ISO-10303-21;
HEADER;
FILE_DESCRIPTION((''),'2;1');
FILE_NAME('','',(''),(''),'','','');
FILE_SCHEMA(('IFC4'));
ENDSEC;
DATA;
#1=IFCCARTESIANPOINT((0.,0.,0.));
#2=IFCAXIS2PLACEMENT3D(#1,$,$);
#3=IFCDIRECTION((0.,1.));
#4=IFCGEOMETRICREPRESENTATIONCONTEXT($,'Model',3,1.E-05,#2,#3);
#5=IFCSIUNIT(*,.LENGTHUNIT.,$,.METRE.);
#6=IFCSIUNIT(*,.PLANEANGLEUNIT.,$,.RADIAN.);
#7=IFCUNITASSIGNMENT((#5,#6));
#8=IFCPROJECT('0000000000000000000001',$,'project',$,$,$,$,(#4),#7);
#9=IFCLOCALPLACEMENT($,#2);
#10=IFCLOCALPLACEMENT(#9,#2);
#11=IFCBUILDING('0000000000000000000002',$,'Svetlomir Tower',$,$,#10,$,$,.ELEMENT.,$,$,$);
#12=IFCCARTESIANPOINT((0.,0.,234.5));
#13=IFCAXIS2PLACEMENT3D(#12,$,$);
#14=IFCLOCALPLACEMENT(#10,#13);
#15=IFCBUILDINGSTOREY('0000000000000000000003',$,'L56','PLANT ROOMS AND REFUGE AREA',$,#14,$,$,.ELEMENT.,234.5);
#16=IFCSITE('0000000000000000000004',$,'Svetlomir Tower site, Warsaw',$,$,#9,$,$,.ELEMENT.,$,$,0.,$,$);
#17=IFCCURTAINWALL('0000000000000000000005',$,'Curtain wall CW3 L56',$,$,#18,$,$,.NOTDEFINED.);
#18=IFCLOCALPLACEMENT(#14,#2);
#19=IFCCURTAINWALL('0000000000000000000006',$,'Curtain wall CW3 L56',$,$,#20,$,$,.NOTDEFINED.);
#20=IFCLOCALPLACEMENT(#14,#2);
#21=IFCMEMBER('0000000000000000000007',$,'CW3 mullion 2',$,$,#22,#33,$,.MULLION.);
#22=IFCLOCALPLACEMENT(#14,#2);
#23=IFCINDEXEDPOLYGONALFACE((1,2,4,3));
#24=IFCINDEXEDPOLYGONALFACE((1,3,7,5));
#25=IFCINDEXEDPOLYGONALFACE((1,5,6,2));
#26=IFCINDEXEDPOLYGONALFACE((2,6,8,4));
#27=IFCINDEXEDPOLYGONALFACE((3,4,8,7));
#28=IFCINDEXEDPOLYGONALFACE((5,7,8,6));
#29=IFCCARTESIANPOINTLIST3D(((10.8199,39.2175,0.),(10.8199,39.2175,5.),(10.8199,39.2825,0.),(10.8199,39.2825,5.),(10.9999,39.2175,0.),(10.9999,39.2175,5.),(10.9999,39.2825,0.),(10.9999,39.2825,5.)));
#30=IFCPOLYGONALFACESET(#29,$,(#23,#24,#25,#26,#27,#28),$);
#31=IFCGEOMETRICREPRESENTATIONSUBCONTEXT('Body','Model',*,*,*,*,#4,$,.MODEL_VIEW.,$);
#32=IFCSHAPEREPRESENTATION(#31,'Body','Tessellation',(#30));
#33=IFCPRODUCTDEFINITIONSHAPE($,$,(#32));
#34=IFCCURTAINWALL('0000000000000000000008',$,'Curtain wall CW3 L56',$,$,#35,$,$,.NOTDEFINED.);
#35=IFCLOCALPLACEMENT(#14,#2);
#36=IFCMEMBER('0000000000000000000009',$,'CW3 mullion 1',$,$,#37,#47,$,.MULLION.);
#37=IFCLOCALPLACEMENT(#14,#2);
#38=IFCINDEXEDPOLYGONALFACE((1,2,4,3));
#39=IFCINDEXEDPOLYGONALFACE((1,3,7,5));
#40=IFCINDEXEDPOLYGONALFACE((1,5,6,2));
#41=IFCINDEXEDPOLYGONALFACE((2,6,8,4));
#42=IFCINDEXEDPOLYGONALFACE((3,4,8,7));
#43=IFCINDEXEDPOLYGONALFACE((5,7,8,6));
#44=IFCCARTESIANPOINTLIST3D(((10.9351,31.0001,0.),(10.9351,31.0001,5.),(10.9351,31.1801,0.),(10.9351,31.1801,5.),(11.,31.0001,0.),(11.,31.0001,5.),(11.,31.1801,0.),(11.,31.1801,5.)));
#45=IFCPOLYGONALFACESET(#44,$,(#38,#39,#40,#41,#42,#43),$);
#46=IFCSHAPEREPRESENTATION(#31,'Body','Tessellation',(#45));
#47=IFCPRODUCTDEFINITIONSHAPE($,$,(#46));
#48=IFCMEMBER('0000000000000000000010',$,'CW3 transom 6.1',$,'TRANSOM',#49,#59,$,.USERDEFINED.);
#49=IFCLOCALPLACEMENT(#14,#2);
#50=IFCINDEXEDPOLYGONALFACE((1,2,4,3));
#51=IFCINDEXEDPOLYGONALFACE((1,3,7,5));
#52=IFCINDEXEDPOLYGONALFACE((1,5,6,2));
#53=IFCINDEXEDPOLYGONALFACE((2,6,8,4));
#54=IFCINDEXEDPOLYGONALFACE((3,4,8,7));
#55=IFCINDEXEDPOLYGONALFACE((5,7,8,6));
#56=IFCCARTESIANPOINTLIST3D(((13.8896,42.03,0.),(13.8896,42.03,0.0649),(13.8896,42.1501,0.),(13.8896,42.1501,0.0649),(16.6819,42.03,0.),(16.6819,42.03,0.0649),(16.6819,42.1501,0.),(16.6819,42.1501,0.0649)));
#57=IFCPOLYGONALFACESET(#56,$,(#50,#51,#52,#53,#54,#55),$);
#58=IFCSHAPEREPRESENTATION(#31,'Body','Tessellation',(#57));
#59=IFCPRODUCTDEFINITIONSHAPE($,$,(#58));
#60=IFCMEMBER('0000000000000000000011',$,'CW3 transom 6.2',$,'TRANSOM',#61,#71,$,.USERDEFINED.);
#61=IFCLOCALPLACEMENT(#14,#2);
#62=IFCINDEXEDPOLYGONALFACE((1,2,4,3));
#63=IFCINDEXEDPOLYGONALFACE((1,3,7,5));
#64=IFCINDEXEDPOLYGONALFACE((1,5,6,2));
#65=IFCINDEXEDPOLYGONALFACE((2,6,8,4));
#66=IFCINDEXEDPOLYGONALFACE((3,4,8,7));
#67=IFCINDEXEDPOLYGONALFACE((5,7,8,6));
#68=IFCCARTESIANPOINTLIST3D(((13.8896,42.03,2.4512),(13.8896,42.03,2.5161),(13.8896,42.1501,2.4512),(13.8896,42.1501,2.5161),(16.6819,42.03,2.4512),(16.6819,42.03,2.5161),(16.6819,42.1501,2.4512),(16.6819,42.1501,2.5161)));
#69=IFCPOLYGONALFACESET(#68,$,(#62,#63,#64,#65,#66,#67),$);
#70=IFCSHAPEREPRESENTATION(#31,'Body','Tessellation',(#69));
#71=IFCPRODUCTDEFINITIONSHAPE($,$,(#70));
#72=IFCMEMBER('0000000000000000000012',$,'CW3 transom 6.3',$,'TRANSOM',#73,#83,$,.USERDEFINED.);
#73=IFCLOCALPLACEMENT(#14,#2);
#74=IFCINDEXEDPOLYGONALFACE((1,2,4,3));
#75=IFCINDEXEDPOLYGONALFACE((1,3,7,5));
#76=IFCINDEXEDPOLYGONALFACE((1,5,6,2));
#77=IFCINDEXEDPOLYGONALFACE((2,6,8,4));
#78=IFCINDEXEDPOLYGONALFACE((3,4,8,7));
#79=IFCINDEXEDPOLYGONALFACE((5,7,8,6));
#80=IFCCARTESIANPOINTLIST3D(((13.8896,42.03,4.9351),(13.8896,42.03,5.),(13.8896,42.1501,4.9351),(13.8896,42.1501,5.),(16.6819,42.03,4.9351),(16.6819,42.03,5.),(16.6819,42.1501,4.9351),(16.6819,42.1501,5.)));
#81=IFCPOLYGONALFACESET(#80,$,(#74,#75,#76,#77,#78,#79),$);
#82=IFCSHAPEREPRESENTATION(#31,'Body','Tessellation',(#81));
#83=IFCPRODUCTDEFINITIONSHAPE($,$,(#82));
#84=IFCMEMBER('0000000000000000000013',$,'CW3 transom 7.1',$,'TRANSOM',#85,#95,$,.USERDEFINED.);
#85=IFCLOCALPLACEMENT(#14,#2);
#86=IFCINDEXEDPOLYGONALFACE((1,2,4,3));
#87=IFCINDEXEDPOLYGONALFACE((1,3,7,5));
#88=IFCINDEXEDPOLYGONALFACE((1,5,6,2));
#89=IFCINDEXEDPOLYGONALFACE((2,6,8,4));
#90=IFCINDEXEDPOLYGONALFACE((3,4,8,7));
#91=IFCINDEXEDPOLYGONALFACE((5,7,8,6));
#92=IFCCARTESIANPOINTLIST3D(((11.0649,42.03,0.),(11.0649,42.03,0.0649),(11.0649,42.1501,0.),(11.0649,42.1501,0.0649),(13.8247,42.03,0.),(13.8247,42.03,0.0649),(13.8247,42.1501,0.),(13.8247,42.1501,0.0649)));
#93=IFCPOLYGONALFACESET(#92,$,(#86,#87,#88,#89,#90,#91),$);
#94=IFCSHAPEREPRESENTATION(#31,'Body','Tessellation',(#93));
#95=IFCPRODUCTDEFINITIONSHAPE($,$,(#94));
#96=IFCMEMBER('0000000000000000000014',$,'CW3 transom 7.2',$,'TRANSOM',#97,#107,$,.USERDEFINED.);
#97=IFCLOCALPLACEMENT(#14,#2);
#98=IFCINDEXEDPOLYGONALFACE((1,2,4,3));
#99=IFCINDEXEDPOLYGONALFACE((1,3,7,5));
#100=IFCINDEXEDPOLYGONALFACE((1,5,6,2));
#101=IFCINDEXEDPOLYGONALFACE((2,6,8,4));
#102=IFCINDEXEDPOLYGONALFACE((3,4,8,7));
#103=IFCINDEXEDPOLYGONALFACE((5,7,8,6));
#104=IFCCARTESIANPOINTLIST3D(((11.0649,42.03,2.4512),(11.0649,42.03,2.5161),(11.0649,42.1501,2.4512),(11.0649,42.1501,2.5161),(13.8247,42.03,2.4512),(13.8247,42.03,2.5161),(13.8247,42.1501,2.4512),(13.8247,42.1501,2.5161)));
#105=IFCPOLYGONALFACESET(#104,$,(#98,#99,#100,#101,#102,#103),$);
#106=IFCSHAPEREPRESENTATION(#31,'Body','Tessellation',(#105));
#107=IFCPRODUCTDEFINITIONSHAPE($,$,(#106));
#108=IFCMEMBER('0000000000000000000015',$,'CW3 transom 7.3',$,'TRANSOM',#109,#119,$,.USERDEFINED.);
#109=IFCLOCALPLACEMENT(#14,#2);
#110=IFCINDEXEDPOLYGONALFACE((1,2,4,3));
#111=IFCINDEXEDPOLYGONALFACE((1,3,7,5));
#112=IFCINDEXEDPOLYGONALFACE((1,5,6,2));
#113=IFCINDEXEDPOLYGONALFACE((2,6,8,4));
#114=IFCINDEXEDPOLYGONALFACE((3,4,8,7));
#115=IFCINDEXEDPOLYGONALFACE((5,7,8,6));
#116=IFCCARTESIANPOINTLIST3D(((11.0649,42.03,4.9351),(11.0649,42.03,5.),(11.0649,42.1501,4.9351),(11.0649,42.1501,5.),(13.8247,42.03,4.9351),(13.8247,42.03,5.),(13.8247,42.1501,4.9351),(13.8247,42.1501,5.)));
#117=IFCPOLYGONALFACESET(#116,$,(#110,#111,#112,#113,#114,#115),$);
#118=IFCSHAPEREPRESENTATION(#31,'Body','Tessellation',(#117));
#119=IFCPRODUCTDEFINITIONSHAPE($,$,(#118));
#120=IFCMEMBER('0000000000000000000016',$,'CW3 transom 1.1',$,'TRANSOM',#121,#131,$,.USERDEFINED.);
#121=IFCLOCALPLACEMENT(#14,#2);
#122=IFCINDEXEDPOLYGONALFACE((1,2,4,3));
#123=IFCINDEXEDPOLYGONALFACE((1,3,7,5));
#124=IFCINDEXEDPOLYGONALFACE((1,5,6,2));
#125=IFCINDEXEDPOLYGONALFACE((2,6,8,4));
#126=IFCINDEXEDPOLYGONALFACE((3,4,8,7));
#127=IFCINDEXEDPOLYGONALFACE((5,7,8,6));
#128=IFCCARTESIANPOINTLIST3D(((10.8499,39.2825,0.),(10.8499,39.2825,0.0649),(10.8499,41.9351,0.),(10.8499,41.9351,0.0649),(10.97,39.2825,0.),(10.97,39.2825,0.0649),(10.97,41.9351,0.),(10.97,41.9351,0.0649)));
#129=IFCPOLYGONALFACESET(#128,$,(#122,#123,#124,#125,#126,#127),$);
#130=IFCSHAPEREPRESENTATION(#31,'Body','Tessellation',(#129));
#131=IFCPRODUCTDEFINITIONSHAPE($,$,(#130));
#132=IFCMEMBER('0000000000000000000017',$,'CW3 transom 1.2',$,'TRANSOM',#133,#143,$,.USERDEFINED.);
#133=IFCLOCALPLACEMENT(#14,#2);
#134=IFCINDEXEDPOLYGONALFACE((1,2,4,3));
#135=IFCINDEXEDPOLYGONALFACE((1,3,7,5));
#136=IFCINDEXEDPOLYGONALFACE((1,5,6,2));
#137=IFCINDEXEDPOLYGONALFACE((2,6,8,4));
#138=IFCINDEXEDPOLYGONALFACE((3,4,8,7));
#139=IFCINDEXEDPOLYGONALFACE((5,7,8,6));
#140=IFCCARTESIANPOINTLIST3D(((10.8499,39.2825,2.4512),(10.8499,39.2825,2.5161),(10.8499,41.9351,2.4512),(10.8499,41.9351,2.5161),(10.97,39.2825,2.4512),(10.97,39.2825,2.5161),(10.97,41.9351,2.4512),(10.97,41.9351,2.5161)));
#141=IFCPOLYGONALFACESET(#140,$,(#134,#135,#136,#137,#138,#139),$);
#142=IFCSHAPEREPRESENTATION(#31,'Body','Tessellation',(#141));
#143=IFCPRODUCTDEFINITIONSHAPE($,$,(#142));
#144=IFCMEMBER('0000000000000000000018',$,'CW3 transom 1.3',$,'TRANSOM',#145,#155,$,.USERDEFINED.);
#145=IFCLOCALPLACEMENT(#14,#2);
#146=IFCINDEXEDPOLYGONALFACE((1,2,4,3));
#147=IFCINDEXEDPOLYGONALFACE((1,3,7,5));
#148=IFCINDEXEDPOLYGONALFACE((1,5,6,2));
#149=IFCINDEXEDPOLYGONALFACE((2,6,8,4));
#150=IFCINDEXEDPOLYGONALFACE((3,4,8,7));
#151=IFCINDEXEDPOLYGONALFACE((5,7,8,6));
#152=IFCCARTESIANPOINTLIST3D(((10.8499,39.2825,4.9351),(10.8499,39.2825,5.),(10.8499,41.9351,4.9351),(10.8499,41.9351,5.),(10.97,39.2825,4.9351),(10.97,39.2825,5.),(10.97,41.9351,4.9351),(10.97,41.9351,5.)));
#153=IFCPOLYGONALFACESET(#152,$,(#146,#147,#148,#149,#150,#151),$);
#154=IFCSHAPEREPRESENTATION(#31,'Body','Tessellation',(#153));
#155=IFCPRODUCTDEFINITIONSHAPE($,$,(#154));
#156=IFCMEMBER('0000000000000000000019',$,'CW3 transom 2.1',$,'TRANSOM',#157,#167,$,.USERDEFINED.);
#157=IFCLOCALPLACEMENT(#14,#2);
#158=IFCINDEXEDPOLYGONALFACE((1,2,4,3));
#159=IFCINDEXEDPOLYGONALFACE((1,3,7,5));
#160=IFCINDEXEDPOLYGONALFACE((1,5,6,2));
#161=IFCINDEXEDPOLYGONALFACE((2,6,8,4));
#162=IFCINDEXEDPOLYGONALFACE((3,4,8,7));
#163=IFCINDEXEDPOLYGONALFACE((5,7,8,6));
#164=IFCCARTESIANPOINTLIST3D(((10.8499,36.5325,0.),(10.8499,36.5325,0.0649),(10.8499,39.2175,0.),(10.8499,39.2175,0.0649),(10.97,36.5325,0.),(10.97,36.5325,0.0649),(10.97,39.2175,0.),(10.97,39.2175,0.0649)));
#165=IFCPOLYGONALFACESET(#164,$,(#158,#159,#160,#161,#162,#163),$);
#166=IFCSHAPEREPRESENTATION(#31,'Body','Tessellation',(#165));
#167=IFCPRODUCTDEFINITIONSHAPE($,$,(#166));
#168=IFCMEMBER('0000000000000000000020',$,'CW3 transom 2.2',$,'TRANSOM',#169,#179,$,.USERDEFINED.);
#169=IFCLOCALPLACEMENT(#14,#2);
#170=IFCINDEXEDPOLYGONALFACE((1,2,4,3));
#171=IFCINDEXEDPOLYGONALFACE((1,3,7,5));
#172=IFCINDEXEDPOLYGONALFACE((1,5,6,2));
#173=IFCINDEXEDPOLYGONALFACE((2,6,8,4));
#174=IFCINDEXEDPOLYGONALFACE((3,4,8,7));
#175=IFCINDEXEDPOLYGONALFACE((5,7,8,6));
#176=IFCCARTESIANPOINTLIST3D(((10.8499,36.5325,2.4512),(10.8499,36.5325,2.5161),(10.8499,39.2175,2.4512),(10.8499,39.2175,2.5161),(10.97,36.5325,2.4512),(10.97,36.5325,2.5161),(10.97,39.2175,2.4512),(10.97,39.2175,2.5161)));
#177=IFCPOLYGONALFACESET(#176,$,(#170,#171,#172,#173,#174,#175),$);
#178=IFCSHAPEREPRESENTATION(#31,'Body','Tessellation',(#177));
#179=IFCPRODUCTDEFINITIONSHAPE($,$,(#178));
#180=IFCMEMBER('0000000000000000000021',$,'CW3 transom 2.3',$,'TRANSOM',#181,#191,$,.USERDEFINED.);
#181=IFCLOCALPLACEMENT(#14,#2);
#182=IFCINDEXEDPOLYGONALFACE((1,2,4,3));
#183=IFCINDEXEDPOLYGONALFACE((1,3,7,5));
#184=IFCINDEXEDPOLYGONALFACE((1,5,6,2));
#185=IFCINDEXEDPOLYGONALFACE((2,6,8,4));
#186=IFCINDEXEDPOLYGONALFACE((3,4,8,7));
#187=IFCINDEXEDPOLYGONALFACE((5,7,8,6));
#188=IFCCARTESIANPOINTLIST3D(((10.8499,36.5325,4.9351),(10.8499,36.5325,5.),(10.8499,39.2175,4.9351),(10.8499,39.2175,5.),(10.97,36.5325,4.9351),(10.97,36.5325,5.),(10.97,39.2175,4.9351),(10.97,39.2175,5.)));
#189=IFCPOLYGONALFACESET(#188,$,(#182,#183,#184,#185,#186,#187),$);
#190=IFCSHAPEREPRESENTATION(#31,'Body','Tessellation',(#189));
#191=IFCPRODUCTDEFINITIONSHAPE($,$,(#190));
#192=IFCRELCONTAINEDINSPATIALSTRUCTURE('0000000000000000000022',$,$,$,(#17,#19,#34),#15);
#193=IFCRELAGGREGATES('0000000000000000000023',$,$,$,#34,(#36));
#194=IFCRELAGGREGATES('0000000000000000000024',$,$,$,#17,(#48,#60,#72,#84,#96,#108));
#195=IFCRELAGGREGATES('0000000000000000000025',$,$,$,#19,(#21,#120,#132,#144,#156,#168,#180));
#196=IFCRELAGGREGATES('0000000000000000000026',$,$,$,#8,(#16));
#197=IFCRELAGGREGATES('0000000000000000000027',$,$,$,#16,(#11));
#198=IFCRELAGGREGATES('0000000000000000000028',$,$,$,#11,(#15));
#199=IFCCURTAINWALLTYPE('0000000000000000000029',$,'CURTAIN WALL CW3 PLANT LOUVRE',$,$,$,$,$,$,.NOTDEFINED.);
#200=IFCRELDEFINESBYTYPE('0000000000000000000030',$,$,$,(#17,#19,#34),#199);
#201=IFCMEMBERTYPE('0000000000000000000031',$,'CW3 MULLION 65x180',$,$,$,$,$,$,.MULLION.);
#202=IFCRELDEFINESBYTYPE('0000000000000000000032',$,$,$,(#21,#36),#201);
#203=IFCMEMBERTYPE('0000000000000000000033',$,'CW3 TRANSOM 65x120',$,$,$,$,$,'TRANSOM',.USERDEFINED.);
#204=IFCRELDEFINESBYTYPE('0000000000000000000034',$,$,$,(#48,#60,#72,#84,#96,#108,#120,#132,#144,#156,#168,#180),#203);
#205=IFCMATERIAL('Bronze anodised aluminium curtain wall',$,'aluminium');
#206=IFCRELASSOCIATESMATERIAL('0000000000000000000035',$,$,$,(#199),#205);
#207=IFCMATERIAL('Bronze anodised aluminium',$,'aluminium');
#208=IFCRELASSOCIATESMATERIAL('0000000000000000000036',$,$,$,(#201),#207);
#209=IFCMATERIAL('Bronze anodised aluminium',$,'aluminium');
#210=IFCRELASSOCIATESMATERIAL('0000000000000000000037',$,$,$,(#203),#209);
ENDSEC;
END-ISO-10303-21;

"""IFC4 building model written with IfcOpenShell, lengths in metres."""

from ifc_helpers import new_model, si_unit, direction, frame, origin, origin_2d, place, context, subcontext, project, spatial, rectangle, extrude, material, material_profile, profile_set, type_object, element, aggregate, save


model = new_model("IFC4")

# Units and contexts
model_context = context("Model", 3, precision=1e-05, world=origin(), true_north=direction((0.0, 1.0)))
body_context = subcontext(model_context, "Body", "Model", "MODEL_VIEW")
ifc_project = project(units=[si_unit("LENGTHUNIT", "METRE"), si_unit("PLANEANGLEUNIT", "RADIAN")], contexts=[model_context])

# Site, building, storey
site_placement = place(None, origin())
site = spatial("IfcSite", under=ifc_project, at=site_placement, Name="Svetlomir Tower site, Warsaw", CompositionType="ELEMENT", RefElevation=0.0)
building_placement = place(site_placement, origin())
building = spatial("IfcBuilding", under=site, at=building_placement, Name="Svetlomir Tower", CompositionType="ELEMENT")
storey_placement = place(building_placement, frame((0.0, 0.0, 234.5)))
storey = spatial("IfcBuildingStorey", under=building, at=storey_placement, Name="L56", Description="PLANT ROOMS AND REFUGE AREA", CompositionType="ELEMENT", Elevation=234.5)

# Curtain walls, member
ifc_material_1 = material(Name="Bronze anodised aluminium curtain wall", Category="aluminium")
curtain_wall_type = type_object("IfcCurtainWallType", Name="CURTAIN WALL CW3 PLANT LOUVRE", PredefinedType="NOTDEFINED", material=ifc_material_1)
curtain_wall_1_placement = place(storey_placement, origin())
curtain_wall_1 = element("IfcCurtainWall", 1, at=curtain_wall_1_placement, inside=storey, type_object=curtain_wall_type, Name="Curtain wall CW3 L56", PredefinedType="NOTDEFINED")
ifc_material_2 = material(Name="Bronze anodised aluminium", Category="aluminium")
ifc_material_profile_1 = material_profile(ifc_material_2, rectangle(XDim=0.0649, YDim=0.1799, at=origin_2d()), Name="AL 65x180")
ifc_profile_set_1 = profile_set([ifc_material_profile_1], Name="Bronze anodised aluminium 6063-T6")
member_type_1 = type_object("IfcMemberType", Name="CW3 MULLION 65x180", PredefinedType="MULLION", material=ifc_profile_set_1)
curtain_wall_2_placement = place(storey_placement, origin())
curtain_wall_2 = element("IfcCurtainWall", 2, at=curtain_wall_2_placement, inside=storey, type_object=curtain_wall_type, Name="Curtain wall CW3 L56", PredefinedType="NOTDEFINED")
member_1_placement = place(storey_placement, frame((10.9099, 39.25, 0.0), z_axis=(0.0, 0.0, 1.0), x_axis=(0.0, -1.0, 0.0)))
member_1 = element("IfcMember", 3, at=member_1_placement, type_object=member_type_1, Name="CW3 mullion 2", PredefinedType="MULLION", context=body_context, shape_type="SweptSolid", body=[
    extrude(rectangle(XDim=0.0649, YDim=0.1799, at=origin_2d()), origin(), (0.0, 0.0, 1.0), 5.0),
])

# Curtain wall, member
curtain_wall_3_placement = place(storey_placement, origin())
curtain_wall_3 = element("IfcCurtainWall", 4, at=curtain_wall_3_placement, inside=storey, type_object=curtain_wall_type, Name="Curtain wall CW3 L56", PredefinedType="NOTDEFINED")
member_2_placement = place(storey_placement, frame((10.9675, 31.0901, 0.0), z_axis=(0.0, 0.0, 1.0), x_axis=(-1.0, 0.0, 0.0)))
member_2 = element("IfcMember", 5, at=member_2_placement, type_object=member_type_1, Name="CW3 mullion 1", PredefinedType="MULLION", context=body_context, shape_type="SweptSolid", body=[
    extrude(rectangle(XDim=0.0649, YDim=0.1799, at=origin_2d()), origin(), (0.0, 0.0, 1.0), 5.0),
])

# Members
ifc_material_3 = material(Name="Bronze anodised aluminium", Category="aluminium")
ifc_material_profile_2 = material_profile(ifc_material_3, rectangle(XDim=0.1201, YDim=0.0649, at=origin_2d()), Name="AL 120x65")
ifc_profile_set_2 = profile_set([ifc_material_profile_2], Name="Bronze anodised aluminium 6063-T6")
member_type_2 = type_object("IfcMemberType", Name="CW3 TRANSOM 65x120", ElementType="TRANSOM", PredefinedType="USERDEFINED", material=ifc_profile_set_2)
member_3_placement = place(storey_placement, frame((16.6819, 42.0901, 0.0325), z_axis=(-1.0, 0.0, 0.0), x_axis=(0.0, -1.0, 0.0)))
member_3 = element("IfcMember", 6, at=member_3_placement, type_object=member_type_2, Name="CW3 transom 6.1", ObjectType="TRANSOM", PredefinedType="USERDEFINED", context=body_context, shape_type="SweptSolid", body=[
    extrude(rectangle(XDim=0.1201, YDim=0.0649, at=origin_2d()), origin(), (0.0, 0.0, 1.0), 2.7922),
])
member_4_placement = place(storey_placement, frame((16.6819, 42.0901, 2.4836), z_axis=(-1.0, 0.0, 0.0), x_axis=(0.0, -1.0, 0.0)))
member_4 = element("IfcMember", 7, at=member_4_placement, type_object=member_type_2, Name="CW3 transom 6.2", ObjectType="TRANSOM", PredefinedType="USERDEFINED", context=body_context, shape_type="SweptSolid", body=[
    extrude(rectangle(XDim=0.1201, YDim=0.0649, at=origin_2d()), origin(), (0.0, 0.0, 1.0), 2.7922),
])
member_5_placement = place(storey_placement, frame((16.6819, 42.0901, 4.9675), z_axis=(-1.0, 0.0, 0.0), x_axis=(0.0, -1.0, 0.0)))
member_5 = element("IfcMember", 8, at=member_5_placement, type_object=member_type_2, Name="CW3 transom 6.3", ObjectType="TRANSOM", PredefinedType="USERDEFINED", context=body_context, shape_type="SweptSolid", body=[
    extrude(rectangle(XDim=0.1201, YDim=0.0649, at=origin_2d()), origin(), (0.0, 0.0, 1.0), 2.7922),
])
member_6_placement = place(storey_placement, frame((13.8247, 42.0901, 0.0325), z_axis=(-1.0, 0.0, 0.0), x_axis=(0.0, -1.0, 0.0)))
member_6 = element("IfcMember", 9, at=member_6_placement, type_object=member_type_2, Name="CW3 transom 7.1", ObjectType="TRANSOM", PredefinedType="USERDEFINED", context=body_context, shape_type="SweptSolid", body=[
    extrude(rectangle(XDim=0.1201, YDim=0.0649, at=origin_2d()), origin(), (0.0, 0.0, 1.0), 2.7598),
])
member_7_placement = place(storey_placement, frame((13.8247, 42.0901, 2.4836), z_axis=(-1.0, 0.0, 0.0), x_axis=(0.0, -1.0, 0.0)))
member_7 = element("IfcMember", 10, at=member_7_placement, type_object=member_type_2, Name="CW3 transom 7.2", ObjectType="TRANSOM", PredefinedType="USERDEFINED", context=body_context, shape_type="SweptSolid", body=[
    extrude(rectangle(XDim=0.1201, YDim=0.0649, at=origin_2d()), origin(), (0.0, 0.0, 1.0), 2.7598),
])
member_8_placement = place(storey_placement, frame((13.8247, 42.0901, 4.9675), z_axis=(-1.0, 0.0, 0.0), x_axis=(0.0, -1.0, 0.0)))
member_8 = element("IfcMember", 11, at=member_8_placement, type_object=member_type_2, Name="CW3 transom 7.3", ObjectType="TRANSOM", PredefinedType="USERDEFINED", context=body_context, shape_type="SweptSolid", body=[
    extrude(rectangle(XDim=0.1201, YDim=0.0649, at=origin_2d()), origin(), (0.0, 0.0, 1.0), 2.7598),
])
member_9_placement = place(storey_placement, frame((10.9099, 41.9351, 0.0325), z_axis=(0.0, -1.0, 0.0), x_axis=(1.0, 0.0, 0.0)))
member_9 = element("IfcMember", 12, at=member_9_placement, type_object=member_type_2, Name="CW3 transom 1.1", ObjectType="TRANSOM", PredefinedType="USERDEFINED", context=body_context, shape_type="SweptSolid", body=[
    extrude(rectangle(XDim=0.1201, YDim=0.0649, at=origin_2d()), origin(), (0.0, 0.0, 1.0), 2.6526),
])
member_10_placement = place(storey_placement, frame((10.9099, 41.9351, 2.4836), z_axis=(0.0, -1.0, 0.0), x_axis=(1.0, 0.0, 0.0)))
member_10 = element("IfcMember", 13, at=member_10_placement, type_object=member_type_2, Name="CW3 transom 1.2", ObjectType="TRANSOM", PredefinedType="USERDEFINED", context=body_context, shape_type="SweptSolid", body=[
    extrude(rectangle(XDim=0.1201, YDim=0.0649, at=origin_2d()), origin(), (0.0, 0.0, 1.0), 2.6526),
])
member_11_placement = place(storey_placement, frame((10.9099, 41.9351, 4.9675), z_axis=(0.0, -1.0, 0.0), x_axis=(1.0, 0.0, 0.0)))
member_11 = element("IfcMember", 14, at=member_11_placement, type_object=member_type_2, Name="CW3 transom 1.3", ObjectType="TRANSOM", PredefinedType="USERDEFINED", context=body_context, shape_type="SweptSolid", body=[
    extrude(rectangle(XDim=0.1201, YDim=0.0649, at=origin_2d()), origin(), (0.0, 0.0, 1.0), 2.6526),
])
member_12_placement = place(storey_placement, frame((10.9099, 39.2175, 0.0325), z_axis=(0.0, -1.0, 0.0), x_axis=(1.0, 0.0, 0.0)))
member_12 = element("IfcMember", 15, at=member_12_placement, type_object=member_type_2, Name="CW3 transom 2.1", ObjectType="TRANSOM", PredefinedType="USERDEFINED", context=body_context, shape_type="SweptSolid", body=[
    extrude(rectangle(XDim=0.1201, YDim=0.0649, at=origin_2d()), origin(), (0.0, 0.0, 1.0), 2.6851),
])
member_13_placement = place(storey_placement, frame((10.9099, 39.2175, 2.4836), z_axis=(0.0, -1.0, 0.0), x_axis=(1.0, 0.0, 0.0)))
member_13 = element("IfcMember", 16, at=member_13_placement, type_object=member_type_2, Name="CW3 transom 2.2", ObjectType="TRANSOM", PredefinedType="USERDEFINED", context=body_context, shape_type="SweptSolid", body=[
    extrude(rectangle(XDim=0.1201, YDim=0.0649, at=origin_2d()), origin(), (0.0, 0.0, 1.0), 2.6851),
])
member_14_placement = place(storey_placement, frame((10.9099, 39.2175, 4.9675), z_axis=(0.0, -1.0, 0.0), x_axis=(1.0, 0.0, 0.0)))
member_14 = element("IfcMember", 17, at=member_14_placement, type_object=member_type_2, Name="CW3 transom 2.3", ObjectType="TRANSOM", PredefinedType="USERDEFINED", context=body_context, shape_type="SweptSolid", body=[
    extrude(rectangle(XDim=0.1201, YDim=0.0649, at=origin_2d()), origin(), (0.0, 0.0, 1.0), 2.6851),
])
aggregate(curtain_wall_3, [member_2])

aggregate(curtain_wall_1, [member_3, member_4, member_5, member_6, member_7, member_8])
aggregate(curtain_wall_2, [member_1, member_9, member_10, member_11, member_12, member_13, member_14])

save(model, "model.ifc")
